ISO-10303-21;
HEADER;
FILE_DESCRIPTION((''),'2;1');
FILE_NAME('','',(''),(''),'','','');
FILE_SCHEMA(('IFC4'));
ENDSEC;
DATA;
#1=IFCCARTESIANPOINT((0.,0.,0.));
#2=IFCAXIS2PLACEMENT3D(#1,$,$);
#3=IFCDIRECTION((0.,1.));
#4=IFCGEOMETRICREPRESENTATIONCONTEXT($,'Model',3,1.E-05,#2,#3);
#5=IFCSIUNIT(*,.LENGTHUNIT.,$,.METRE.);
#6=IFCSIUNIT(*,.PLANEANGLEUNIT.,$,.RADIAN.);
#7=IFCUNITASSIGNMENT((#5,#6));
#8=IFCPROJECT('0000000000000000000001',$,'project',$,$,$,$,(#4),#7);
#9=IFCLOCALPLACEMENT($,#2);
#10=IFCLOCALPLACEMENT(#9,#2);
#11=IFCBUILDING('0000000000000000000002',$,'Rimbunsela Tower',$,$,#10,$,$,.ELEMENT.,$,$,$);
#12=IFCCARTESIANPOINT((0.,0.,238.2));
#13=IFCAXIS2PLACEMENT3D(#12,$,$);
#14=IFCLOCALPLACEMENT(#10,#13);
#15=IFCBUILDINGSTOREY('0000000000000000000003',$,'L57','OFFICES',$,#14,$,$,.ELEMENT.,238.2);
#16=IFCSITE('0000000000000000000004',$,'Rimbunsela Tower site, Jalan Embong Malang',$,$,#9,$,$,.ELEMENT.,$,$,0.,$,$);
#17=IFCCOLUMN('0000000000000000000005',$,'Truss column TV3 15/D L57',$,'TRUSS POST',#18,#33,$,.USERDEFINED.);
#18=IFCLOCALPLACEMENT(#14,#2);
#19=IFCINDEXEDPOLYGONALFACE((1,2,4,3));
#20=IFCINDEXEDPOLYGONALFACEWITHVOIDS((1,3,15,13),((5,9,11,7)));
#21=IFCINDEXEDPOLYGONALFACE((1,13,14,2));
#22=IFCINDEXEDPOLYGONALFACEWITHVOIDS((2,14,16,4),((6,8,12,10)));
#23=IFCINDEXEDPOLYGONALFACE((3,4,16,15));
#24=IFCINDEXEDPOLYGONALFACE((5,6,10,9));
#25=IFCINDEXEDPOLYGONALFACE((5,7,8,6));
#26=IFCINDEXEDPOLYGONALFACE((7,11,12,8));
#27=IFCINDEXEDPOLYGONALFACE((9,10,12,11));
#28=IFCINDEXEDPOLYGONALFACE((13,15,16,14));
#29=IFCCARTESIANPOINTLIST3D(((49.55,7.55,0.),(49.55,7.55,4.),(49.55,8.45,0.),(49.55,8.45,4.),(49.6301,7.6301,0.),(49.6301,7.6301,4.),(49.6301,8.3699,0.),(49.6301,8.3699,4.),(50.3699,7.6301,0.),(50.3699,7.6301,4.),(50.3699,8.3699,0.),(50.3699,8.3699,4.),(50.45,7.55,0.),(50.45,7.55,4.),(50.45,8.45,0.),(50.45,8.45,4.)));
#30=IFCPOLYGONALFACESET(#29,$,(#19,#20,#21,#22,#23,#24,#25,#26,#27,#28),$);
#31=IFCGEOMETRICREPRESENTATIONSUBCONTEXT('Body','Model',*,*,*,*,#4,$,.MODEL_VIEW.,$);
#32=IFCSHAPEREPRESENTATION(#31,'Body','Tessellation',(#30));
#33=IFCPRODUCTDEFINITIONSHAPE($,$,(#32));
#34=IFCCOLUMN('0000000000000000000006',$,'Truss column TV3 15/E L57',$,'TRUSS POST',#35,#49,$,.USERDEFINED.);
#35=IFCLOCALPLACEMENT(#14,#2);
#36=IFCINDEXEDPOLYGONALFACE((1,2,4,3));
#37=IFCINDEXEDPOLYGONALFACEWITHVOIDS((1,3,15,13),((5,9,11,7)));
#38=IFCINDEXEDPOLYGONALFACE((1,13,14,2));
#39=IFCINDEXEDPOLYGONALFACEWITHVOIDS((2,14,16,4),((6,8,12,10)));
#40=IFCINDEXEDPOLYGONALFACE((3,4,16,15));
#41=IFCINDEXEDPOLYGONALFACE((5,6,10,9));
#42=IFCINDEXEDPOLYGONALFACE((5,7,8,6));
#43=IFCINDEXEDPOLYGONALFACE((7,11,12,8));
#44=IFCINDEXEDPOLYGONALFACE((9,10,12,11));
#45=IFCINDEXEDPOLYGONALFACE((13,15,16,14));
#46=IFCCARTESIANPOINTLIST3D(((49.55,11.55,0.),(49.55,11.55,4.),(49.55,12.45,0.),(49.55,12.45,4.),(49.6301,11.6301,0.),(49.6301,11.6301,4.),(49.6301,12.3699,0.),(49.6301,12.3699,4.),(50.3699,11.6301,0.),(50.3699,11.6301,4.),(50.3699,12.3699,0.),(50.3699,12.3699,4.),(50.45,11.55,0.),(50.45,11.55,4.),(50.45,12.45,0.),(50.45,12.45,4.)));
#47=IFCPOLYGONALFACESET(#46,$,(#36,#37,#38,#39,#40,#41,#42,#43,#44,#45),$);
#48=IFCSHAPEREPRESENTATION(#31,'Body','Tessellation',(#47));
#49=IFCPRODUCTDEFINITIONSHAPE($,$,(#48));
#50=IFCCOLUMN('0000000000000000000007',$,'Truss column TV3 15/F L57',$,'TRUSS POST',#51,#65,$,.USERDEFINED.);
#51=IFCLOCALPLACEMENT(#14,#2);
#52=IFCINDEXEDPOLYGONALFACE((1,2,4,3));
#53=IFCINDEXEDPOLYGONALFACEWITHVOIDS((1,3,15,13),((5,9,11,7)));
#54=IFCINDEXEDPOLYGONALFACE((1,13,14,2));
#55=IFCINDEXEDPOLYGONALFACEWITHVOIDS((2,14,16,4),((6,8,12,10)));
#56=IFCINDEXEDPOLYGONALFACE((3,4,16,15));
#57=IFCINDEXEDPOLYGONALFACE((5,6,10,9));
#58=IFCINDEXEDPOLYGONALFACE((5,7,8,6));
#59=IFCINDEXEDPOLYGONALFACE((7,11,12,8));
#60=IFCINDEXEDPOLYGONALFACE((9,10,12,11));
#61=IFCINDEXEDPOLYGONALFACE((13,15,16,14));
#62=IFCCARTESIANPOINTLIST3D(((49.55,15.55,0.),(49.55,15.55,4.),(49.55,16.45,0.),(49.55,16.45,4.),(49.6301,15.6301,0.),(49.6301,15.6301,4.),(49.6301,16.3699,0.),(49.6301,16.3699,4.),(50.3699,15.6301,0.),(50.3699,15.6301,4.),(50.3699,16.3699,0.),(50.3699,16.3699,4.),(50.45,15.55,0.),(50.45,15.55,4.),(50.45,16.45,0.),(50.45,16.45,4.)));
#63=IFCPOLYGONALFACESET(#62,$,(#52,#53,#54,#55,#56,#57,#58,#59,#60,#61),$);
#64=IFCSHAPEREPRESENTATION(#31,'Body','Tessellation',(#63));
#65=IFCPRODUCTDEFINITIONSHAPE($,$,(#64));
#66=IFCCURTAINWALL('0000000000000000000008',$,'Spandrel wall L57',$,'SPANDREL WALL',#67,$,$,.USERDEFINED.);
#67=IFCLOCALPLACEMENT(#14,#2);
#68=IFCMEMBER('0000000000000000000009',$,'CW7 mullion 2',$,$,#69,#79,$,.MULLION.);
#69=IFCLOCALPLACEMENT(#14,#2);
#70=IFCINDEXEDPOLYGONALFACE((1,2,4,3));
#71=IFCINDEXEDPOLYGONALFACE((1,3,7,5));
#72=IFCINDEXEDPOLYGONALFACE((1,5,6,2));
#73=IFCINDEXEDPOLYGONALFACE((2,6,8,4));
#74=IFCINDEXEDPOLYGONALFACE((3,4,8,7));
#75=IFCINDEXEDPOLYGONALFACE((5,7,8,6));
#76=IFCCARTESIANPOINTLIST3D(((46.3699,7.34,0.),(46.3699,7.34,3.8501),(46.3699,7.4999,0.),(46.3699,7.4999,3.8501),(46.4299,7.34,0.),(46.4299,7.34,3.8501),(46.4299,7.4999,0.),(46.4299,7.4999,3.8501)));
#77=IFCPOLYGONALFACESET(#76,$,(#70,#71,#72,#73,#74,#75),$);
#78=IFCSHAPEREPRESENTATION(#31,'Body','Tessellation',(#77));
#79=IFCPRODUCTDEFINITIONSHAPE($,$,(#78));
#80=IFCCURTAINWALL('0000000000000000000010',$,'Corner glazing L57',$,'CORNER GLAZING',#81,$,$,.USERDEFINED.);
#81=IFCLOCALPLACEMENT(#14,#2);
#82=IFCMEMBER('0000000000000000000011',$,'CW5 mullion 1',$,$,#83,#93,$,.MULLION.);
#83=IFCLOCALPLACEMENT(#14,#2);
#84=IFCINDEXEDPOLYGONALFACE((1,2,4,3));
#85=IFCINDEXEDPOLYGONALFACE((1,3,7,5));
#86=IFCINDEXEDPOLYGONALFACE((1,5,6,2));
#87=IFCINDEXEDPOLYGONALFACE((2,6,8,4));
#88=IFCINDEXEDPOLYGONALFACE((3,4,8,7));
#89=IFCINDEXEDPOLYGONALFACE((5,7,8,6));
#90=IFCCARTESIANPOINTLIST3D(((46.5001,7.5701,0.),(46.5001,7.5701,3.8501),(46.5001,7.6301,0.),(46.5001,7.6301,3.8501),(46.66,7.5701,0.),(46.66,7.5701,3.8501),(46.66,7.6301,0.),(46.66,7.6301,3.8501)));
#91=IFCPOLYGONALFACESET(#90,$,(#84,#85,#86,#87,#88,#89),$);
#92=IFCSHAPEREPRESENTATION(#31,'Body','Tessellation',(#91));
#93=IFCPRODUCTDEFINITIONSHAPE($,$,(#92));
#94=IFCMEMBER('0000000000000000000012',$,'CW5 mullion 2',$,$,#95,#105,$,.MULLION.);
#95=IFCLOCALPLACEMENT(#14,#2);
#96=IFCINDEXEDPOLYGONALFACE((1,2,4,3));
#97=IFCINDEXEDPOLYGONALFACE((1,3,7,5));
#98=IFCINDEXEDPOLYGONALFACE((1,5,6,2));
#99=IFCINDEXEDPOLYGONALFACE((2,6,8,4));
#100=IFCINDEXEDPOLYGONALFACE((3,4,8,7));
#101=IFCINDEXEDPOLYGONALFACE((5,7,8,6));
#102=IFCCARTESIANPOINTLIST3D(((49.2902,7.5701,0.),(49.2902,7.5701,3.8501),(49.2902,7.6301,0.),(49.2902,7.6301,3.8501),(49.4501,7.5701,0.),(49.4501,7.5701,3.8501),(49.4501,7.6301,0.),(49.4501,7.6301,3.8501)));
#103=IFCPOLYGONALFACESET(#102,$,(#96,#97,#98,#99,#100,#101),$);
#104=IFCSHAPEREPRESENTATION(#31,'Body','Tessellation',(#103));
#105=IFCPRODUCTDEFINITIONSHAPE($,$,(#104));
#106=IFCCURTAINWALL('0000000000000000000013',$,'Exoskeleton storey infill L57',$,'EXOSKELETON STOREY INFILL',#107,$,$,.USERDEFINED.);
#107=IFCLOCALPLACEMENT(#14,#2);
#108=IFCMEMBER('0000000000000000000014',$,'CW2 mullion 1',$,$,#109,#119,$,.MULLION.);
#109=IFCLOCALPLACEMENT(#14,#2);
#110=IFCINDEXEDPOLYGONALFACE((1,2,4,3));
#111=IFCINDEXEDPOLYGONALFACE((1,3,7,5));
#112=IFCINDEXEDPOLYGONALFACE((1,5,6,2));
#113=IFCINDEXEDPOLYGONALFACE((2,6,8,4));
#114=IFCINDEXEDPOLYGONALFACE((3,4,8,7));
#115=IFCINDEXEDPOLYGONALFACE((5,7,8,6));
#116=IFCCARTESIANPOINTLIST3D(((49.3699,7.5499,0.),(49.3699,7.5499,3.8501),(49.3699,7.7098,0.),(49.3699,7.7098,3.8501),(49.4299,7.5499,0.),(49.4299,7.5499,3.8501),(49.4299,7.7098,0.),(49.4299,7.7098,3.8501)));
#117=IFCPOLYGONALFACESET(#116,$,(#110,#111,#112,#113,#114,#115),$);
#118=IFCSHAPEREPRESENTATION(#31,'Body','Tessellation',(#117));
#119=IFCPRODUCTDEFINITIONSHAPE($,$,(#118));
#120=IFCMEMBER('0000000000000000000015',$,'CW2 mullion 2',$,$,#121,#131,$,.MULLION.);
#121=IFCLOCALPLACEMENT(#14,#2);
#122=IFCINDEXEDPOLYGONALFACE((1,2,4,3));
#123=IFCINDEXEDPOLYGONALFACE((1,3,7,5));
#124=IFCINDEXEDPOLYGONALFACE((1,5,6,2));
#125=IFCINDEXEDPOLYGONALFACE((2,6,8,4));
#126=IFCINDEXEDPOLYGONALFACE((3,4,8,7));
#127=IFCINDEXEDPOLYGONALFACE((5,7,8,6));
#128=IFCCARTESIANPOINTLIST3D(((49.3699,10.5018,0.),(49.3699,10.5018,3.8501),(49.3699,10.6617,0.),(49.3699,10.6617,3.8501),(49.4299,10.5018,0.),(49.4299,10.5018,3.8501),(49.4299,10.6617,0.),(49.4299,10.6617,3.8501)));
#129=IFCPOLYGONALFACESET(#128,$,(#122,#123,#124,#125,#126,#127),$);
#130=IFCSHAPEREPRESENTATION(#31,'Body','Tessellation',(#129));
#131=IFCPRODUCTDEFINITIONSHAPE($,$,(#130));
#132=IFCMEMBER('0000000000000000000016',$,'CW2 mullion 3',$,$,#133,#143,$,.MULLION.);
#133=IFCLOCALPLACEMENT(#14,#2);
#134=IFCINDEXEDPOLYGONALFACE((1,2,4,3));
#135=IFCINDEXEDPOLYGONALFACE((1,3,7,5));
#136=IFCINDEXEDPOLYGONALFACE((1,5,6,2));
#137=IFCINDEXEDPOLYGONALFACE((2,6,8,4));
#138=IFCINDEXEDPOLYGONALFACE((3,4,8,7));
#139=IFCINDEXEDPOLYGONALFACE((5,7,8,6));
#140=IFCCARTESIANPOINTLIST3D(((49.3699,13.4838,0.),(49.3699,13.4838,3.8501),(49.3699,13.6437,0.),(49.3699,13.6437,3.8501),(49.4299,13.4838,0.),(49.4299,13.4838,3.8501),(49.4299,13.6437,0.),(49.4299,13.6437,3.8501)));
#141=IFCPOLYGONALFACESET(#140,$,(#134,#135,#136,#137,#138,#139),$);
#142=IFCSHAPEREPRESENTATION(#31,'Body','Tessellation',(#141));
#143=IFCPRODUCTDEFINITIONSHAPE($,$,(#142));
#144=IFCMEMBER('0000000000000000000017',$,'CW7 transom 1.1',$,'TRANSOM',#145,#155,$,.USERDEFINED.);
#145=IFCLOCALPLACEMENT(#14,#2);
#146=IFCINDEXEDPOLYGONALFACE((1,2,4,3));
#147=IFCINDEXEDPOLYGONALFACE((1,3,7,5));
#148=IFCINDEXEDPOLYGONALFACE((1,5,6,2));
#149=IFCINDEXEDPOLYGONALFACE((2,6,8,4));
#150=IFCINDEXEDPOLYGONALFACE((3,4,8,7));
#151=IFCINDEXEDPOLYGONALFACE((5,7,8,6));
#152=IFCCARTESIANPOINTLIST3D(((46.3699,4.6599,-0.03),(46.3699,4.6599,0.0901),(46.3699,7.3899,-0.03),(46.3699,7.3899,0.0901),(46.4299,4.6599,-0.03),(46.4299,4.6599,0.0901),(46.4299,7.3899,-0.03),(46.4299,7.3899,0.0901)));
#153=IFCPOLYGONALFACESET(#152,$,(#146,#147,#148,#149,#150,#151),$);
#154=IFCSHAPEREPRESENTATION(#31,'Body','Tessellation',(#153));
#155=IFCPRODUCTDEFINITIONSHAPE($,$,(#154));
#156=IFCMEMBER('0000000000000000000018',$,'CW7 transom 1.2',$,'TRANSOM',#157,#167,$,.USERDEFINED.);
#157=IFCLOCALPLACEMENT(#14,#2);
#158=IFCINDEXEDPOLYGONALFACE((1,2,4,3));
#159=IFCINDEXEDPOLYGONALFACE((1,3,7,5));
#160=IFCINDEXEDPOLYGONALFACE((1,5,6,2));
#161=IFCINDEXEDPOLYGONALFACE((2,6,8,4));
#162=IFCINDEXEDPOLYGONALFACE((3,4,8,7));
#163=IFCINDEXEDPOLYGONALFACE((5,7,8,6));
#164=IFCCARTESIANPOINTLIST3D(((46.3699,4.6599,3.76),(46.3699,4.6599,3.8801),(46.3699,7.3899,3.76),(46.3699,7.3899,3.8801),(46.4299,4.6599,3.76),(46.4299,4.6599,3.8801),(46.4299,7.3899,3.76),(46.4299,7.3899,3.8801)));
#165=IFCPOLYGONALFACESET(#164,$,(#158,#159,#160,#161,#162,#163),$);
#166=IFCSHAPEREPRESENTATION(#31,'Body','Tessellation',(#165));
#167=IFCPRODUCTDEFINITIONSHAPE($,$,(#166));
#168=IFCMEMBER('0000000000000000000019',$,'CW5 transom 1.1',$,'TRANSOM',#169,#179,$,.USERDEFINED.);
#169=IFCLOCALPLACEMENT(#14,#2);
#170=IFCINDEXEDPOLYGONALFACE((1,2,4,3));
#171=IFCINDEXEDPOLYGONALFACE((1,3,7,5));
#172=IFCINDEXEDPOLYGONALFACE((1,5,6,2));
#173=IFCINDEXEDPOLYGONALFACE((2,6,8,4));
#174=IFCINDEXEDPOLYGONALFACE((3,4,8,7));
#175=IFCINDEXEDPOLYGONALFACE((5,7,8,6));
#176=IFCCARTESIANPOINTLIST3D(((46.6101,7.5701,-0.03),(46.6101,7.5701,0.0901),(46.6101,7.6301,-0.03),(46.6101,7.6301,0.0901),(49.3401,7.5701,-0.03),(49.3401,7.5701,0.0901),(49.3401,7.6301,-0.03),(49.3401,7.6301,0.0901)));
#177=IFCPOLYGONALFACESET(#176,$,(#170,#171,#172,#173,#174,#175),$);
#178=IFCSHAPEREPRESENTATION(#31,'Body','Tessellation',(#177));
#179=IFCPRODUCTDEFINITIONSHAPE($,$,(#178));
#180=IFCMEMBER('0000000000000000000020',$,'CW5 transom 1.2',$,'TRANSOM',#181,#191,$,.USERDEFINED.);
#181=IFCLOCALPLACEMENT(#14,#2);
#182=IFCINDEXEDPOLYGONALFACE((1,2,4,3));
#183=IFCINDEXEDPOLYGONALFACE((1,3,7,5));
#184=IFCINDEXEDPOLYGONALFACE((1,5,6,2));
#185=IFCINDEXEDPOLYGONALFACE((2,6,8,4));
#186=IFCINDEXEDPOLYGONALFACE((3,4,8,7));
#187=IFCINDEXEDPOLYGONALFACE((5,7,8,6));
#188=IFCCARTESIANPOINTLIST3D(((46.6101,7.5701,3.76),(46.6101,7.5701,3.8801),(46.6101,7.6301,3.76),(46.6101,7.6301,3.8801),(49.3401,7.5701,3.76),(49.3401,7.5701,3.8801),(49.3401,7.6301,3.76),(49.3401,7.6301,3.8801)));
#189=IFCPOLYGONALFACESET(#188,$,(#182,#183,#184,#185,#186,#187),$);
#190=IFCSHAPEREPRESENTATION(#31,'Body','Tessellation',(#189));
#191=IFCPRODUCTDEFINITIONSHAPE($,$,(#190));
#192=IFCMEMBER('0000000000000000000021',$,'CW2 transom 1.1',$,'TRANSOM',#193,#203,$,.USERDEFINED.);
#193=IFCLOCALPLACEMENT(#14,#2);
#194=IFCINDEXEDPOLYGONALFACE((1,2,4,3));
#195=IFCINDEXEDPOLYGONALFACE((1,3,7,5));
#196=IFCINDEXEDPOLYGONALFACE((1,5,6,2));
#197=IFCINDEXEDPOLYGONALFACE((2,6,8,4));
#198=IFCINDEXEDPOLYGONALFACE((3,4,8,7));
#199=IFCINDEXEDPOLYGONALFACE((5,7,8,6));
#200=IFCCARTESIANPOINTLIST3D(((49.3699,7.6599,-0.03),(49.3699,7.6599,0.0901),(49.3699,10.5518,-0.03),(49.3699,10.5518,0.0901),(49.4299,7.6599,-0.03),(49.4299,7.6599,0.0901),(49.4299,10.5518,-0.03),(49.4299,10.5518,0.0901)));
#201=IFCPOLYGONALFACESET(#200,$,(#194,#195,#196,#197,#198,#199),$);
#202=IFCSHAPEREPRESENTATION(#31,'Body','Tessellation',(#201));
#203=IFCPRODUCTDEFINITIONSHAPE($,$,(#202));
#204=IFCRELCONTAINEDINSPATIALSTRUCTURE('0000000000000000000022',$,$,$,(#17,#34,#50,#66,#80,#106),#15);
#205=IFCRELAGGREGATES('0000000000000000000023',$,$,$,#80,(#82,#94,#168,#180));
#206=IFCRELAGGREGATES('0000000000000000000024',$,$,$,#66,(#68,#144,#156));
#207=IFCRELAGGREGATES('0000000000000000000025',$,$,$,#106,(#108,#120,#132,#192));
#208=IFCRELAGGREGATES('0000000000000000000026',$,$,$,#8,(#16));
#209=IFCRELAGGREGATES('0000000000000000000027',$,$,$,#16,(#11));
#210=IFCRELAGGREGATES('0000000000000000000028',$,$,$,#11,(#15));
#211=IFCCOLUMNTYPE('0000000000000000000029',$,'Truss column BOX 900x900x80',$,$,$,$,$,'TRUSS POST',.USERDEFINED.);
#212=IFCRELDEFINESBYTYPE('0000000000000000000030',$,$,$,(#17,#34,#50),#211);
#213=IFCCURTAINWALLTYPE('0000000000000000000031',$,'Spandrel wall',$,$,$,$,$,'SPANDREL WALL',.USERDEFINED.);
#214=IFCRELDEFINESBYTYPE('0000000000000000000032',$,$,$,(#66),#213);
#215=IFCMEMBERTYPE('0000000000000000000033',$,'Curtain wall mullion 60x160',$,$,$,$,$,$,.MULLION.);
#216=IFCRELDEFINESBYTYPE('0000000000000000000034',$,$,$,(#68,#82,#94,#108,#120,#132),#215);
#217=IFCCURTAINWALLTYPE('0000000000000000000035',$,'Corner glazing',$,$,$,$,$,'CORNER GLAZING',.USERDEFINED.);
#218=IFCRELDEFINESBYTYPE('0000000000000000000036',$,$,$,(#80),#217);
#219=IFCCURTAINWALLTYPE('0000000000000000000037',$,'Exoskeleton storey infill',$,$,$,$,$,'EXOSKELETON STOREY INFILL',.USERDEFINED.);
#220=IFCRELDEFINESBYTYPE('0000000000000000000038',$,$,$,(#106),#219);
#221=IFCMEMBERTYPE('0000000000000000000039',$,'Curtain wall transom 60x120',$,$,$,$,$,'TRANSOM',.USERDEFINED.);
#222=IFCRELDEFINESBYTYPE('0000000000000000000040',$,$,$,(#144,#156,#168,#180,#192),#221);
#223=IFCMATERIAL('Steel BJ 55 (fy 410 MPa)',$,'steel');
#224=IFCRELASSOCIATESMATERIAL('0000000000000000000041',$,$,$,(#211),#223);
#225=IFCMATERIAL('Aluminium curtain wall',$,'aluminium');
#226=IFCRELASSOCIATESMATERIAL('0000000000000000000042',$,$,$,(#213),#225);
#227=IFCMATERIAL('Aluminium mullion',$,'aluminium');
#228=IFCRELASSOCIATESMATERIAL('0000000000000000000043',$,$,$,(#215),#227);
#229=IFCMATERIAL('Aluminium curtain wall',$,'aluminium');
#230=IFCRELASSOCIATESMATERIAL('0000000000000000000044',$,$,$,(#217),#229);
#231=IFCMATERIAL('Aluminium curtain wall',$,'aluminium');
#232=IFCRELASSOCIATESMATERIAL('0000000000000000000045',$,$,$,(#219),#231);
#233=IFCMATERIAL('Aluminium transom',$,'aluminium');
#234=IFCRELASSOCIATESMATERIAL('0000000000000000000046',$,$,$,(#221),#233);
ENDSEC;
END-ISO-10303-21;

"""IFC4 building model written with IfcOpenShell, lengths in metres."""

from ifc_helpers import new_model, si_unit, direction, frame, origin, origin_2d, place, context, subcontext, project, spatial, rectangle, hollow_rectangle, extrude, material, material_profile, profile_set, type_object, element, aggregate, save


model = new_model("IFC4")

# Units and contexts
model_context = context("Model", 3, precision=1e-05, world=origin(), true_north=direction((0.0, 1.0)))
body_context = subcontext(model_context, "Body", "Model", "MODEL_VIEW")
ifc_project = project(units=[si_unit("LENGTHUNIT", "METRE"), si_unit("PLANEANGLEUNIT", "RADIAN")], contexts=[model_context])

# Site, building, storey
site_placement = place(None, origin())
site = spatial("IfcSite", under=ifc_project, at=site_placement, Name="Rimbunsela Tower site, Jalan Embong Malang", CompositionType="ELEMENT", RefElevation=0.0)
building_placement = place(site_placement, origin())
building = spatial("IfcBuilding", under=site, at=building_placement, Name="Rimbunsela Tower", CompositionType="ELEMENT")
storey_placement = place(building_placement, frame((0.0, 0.0, 238.2)))
storey = spatial("IfcBuildingStorey", under=building, at=storey_placement, Name="L57", Description="OFFICES", CompositionType="ELEMENT", Elevation=238.2)

# Columns
ifc_material_1 = material(Name="Steel BJ 55 (fy 410 MPa)", Category="steel")
ifc_material_profile_1 = material_profile(ifc_material_1, hollow_rectangle(XDim=0.8999, YDim=0.8999, WallThickness=0.0801, at=origin_2d()), Name="BOX 900x900x80")
ifc_profile_set_1 = profile_set([ifc_material_profile_1], Name="Steel BJ 55 (fy 410 MPa)")
column_type = type_object("IfcColumnType", Name="Truss column BOX 900x900x80", ElementType="TRUSS POST", PredefinedType="USERDEFINED", material=ifc_profile_set_1)
for number, where, z_axis, x_axis, name in (
    (1, (50.0, 8.0, 0.0), (0.0, 0.0, 1.0), (1.0, 0.0, 0.0), "Truss column TV3 15/D L57"),
    (2, (50.0, 12.0, 0.0), (0.0, 0.0, 1.0), (1.0, 0.0, 0.0), "Truss column TV3 15/E L57"),
    (3, (50.0, 16.0, 0.0), (0.0, 0.0, 1.0), (1.0, 0.0, 0.0), "Truss column TV3 15/F L57"),
):
    element("IfcColumn", number, at=place(storey_placement, frame(where, z_axis=z_axis, x_axis=x_axis)), inside=storey, type_object=column_type, Name=name, ObjectType="TRUSS POST", PredefinedType="USERDEFINED", context=body_context, shape_type="SweptSolid", body=[
        extrude(hollow_rectangle(XDim=0.8999, YDim=0.8999, WallThickness=0.0801, at=origin_2d()), origin(), (0.0, 0.0, 1.0), 4.0),
    ])

# Curtain wall, member
ifc_material_2 = material(Name="Aluminium curtain wall", Category="aluminium")
curtain_wall_type_1 = type_object("IfcCurtainWallType", Name="Spandrel wall", ElementType="SPANDREL WALL", PredefinedType="USERDEFINED", material=ifc_material_2)
curtain_wall_1_placement = place(storey_placement, origin())
curtain_wall_1 = element("IfcCurtainWall", 4, at=curtain_wall_1_placement, inside=storey, type_object=curtain_wall_type_1, Name="Spandrel wall L57", ObjectType="SPANDREL WALL", PredefinedType="USERDEFINED")
ifc_material_3 = material(Name="Aluminium mullion", Category="aluminium")
ifc_material_profile_2 = material_profile(ifc_material_3, rectangle(XDim=0.0601, YDim=0.1599, at=origin_2d()), Name="Mullion 60x160")
ifc_profile_set_2 = profile_set([ifc_material_profile_2], Name="Aluminium mullion")
member_type_1 = type_object("IfcMemberType", Name="Curtain wall mullion 60x160", PredefinedType="MULLION", material=ifc_profile_set_2)
member_1_placement = place(storey_placement, frame((46.3999, 7.4199, 0.0), z_axis=(0.0, 0.0, 1.0), x_axis=(-1.0, 0.0, 0.0)))
member_1 = element("IfcMember", 5, at=member_1_placement, type_object=member_type_1, Name="CW7 mullion 2", PredefinedType="MULLION", context=body_context, shape_type="SweptSolid", body=[
    extrude(rectangle(XDim=0.0601, YDim=0.1599, at=origin_2d()), origin(), (0.0, 0.0, 1.0), 3.8501),
])

# Curtain walls, members
ifc_material_4 = material(Name="Aluminium curtain wall", Category="aluminium")
curtain_wall_type_2 = type_object("IfcCurtainWallType", Name="Corner glazing", ElementType="CORNER GLAZING", PredefinedType="USERDEFINED", material=ifc_material_4)
curtain_wall_2_placement = place(storey_placement, origin())
curtain_wall_2 = element("IfcCurtainWall", 6, at=curtain_wall_2_placement, inside=storey, type_object=curtain_wall_type_2, Name="Corner glazing L57", ObjectType="CORNER GLAZING", PredefinedType="USERDEFINED")
member_2_placement = place(storey_placement, frame((46.5801, 7.6001, 0.0), z_axis=(0.0, 0.0, 1.0), x_axis=(0.0, 1.0, 0.0)))
member_2 = element("IfcMember", 7, at=member_2_placement, type_object=member_type_1, Name="CW5 mullion 1", PredefinedType="MULLION", context=body_context, shape_type="SweptSolid", body=[
    extrude(rectangle(XDim=0.0601, YDim=0.1599, at=origin_2d()), origin(), (0.0, 0.0, 1.0), 3.8501),
])
member_3_placement = place(storey_placement, frame((49.3701, 7.6001, 0.0), z_axis=(0.0, 0.0, 1.0), x_axis=(0.0, 1.0, 0.0)))
member_3 = element("IfcMember", 8, at=member_3_placement, type_object=member_type_1, Name="CW5 mullion 2", PredefinedType="MULLION", context=body_context, shape_type="SweptSolid", body=[
    extrude(rectangle(XDim=0.0601, YDim=0.1599, at=origin_2d()), origin(), (0.0, 0.0, 1.0), 3.8501),
])
ifc_material_5 = material(Name="Aluminium curtain wall", Category="aluminium")
curtain_wall_type_3 = type_object("IfcCurtainWallType", Name="Exoskeleton storey infill", ElementType="EXOSKELETON STOREY INFILL", PredefinedType="USERDEFINED", material=ifc_material_5)
curtain_wall_3_placement = place(storey_placement, origin())
curtain_wall_3 = element("IfcCurtainWall", 9, at=curtain_wall_3_placement, inside=storey, type_object=curtain_wall_type_3, Name="Exoskeleton storey infill L57", ObjectType="EXOSKELETON STOREY INFILL", PredefinedType="USERDEFINED")
member_4_placement = place(storey_placement, frame((49.3999, 7.6299, 0.0), z_axis=(0.0, 0.0, 1.0), x_axis=(-1.0, 0.0, 0.0)))
member_4 = element("IfcMember", 10, at=member_4_placement, type_object=member_type_1, Name="CW2 mullion 1", PredefinedType="MULLION", context=body_context, shape_type="SweptSolid", body=[
    extrude(rectangle(XDim=0.0601, YDim=0.1599, at=origin_2d()), origin(), (0.0, 0.0, 1.0), 3.8501),
])
member_5_placement = place(storey_placement, frame((49.3999, 10.5818, 0.0), z_axis=(0.0, 0.0, 1.0), x_axis=(-1.0, 0.0, 0.0)))
member_5 = element("IfcMember", 11, at=member_5_placement, type_object=member_type_1, Name="CW2 mullion 2", PredefinedType="MULLION", context=body_context, shape_type="SweptSolid", body=[
    extrude(rectangle(XDim=0.0601, YDim=0.1599, at=origin_2d()), origin(), (0.0, 0.0, 1.0), 3.8501),
])
member_6_placement = place(storey_placement, frame((49.3999, 13.5637, 0.0), z_axis=(0.0, 0.0, 1.0), x_axis=(-1.0, 0.0, 0.0)))
member_6 = element("IfcMember", 12, at=member_6_placement, type_object=member_type_1, Name="CW2 mullion 3", PredefinedType="MULLION", context=body_context, shape_type="SweptSolid", body=[
    extrude(rectangle(XDim=0.0601, YDim=0.1599, at=origin_2d()), origin(), (0.0, 0.0, 1.0), 3.8501),
])

# Members
ifc_material_6 = material(Name="Aluminium transom", Category="aluminium")
ifc_material_profile_3 = material_profile(ifc_material_6, rectangle(XDim=0.0601, YDim=0.1201, at=origin_2d()), Name="Transom 60x120")
ifc_profile_set_3 = profile_set([ifc_material_profile_3], Name="Aluminium transom")
member_type_2 = type_object("IfcMemberType", Name="Curtain wall transom 60x120", ElementType="TRANSOM", PredefinedType="USERDEFINED", material=ifc_profile_set_3)
member_7_placement = place(storey_placement, frame((46.3999, 4.6599, 0.03), z_axis=(0.0, 1.0, 0.0), x_axis=(-1.0, 0.0, 0.0)))
member_7 = element("IfcMember", 13, at=member_7_placement, type_object=member_type_2, Name="CW7 transom 1.1", ObjectType="TRANSOM", PredefinedType="USERDEFINED", context=body_context, shape_type="SweptSolid", body=[
    extrude(rectangle(XDim=0.0601, YDim=0.1201, at=origin_2d()), origin(), (0.0, 0.0, 1.0), 2.73),
])
member_8_placement = place(storey_placement, frame((46.3999, 4.6599, 3.8201), z_axis=(0.0, 1.0, 0.0), x_axis=(-1.0, 0.0, 0.0)))
member_8 = element("IfcMember", 14, at=member_8_placement, type_object=member_type_2, Name="CW7 transom 1.2", ObjectType="TRANSOM", PredefinedType="USERDEFINED", context=body_context, shape_type="SweptSolid", body=[
    extrude(rectangle(XDim=0.0601, YDim=0.1201, at=origin_2d()), origin(), (0.0, 0.0, 1.0), 2.73),
])
member_9_placement = place(storey_placement, frame((46.6101, 7.6001, 0.03), z_axis=(1.0, 0.0, 0.0), x_axis=(0.0, 1.0, 0.0)))
member_9 = element("IfcMember", 15, at=member_9_placement, type_object=member_type_2, Name="CW5 transom 1.1", ObjectType="TRANSOM", PredefinedType="USERDEFINED", context=body_context, shape_type="SweptSolid", body=[
    extrude(rectangle(XDim=0.0601, YDim=0.1201, at=origin_2d()), origin(), (0.0, 0.0, 1.0), 2.73),
])
member_10_placement = place(storey_placement, frame((46.6101, 7.6001, 3.8201), z_axis=(1.0, 0.0, 0.0), x_axis=(0.0, 1.0, 0.0)))
member_10 = element("IfcMember", 16, at=member_10_placement, type_object=member_type_2, Name="CW5 transom 1.2", ObjectType="TRANSOM", PredefinedType="USERDEFINED", context=body_context, shape_type="SweptSolid", body=[
    extrude(rectangle(XDim=0.0601, YDim=0.1201, at=origin_2d()), origin(), (0.0, 0.0, 1.0), 2.73),
])
member_11_placement = place(storey_placement, frame((49.3999, 7.6599, 0.03), z_axis=(0.0, 1.0, 0.0), x_axis=(-1.0, 0.0, 0.0)))
member_11 = element("IfcMember", 17, at=member_11_placement, type_object=member_type_2, Name="CW2 transom 1.1", ObjectType="TRANSOM", PredefinedType="USERDEFINED", context=body_context, shape_type="SweptSolid", body=[
    extrude(rectangle(XDim=0.0601, YDim=0.1201, at=origin_2d()), origin(), (0.0, 0.0, 1.0), 2.8918),
])

aggregate(curtain_wall_2, [member_2, member_3, member_9, member_10])
aggregate(curtain_wall_1, [member_1, member_7, member_8])
aggregate(curtain_wall_3, [member_4, member_5, member_6, member_11])

save(model, "model.ifc")
